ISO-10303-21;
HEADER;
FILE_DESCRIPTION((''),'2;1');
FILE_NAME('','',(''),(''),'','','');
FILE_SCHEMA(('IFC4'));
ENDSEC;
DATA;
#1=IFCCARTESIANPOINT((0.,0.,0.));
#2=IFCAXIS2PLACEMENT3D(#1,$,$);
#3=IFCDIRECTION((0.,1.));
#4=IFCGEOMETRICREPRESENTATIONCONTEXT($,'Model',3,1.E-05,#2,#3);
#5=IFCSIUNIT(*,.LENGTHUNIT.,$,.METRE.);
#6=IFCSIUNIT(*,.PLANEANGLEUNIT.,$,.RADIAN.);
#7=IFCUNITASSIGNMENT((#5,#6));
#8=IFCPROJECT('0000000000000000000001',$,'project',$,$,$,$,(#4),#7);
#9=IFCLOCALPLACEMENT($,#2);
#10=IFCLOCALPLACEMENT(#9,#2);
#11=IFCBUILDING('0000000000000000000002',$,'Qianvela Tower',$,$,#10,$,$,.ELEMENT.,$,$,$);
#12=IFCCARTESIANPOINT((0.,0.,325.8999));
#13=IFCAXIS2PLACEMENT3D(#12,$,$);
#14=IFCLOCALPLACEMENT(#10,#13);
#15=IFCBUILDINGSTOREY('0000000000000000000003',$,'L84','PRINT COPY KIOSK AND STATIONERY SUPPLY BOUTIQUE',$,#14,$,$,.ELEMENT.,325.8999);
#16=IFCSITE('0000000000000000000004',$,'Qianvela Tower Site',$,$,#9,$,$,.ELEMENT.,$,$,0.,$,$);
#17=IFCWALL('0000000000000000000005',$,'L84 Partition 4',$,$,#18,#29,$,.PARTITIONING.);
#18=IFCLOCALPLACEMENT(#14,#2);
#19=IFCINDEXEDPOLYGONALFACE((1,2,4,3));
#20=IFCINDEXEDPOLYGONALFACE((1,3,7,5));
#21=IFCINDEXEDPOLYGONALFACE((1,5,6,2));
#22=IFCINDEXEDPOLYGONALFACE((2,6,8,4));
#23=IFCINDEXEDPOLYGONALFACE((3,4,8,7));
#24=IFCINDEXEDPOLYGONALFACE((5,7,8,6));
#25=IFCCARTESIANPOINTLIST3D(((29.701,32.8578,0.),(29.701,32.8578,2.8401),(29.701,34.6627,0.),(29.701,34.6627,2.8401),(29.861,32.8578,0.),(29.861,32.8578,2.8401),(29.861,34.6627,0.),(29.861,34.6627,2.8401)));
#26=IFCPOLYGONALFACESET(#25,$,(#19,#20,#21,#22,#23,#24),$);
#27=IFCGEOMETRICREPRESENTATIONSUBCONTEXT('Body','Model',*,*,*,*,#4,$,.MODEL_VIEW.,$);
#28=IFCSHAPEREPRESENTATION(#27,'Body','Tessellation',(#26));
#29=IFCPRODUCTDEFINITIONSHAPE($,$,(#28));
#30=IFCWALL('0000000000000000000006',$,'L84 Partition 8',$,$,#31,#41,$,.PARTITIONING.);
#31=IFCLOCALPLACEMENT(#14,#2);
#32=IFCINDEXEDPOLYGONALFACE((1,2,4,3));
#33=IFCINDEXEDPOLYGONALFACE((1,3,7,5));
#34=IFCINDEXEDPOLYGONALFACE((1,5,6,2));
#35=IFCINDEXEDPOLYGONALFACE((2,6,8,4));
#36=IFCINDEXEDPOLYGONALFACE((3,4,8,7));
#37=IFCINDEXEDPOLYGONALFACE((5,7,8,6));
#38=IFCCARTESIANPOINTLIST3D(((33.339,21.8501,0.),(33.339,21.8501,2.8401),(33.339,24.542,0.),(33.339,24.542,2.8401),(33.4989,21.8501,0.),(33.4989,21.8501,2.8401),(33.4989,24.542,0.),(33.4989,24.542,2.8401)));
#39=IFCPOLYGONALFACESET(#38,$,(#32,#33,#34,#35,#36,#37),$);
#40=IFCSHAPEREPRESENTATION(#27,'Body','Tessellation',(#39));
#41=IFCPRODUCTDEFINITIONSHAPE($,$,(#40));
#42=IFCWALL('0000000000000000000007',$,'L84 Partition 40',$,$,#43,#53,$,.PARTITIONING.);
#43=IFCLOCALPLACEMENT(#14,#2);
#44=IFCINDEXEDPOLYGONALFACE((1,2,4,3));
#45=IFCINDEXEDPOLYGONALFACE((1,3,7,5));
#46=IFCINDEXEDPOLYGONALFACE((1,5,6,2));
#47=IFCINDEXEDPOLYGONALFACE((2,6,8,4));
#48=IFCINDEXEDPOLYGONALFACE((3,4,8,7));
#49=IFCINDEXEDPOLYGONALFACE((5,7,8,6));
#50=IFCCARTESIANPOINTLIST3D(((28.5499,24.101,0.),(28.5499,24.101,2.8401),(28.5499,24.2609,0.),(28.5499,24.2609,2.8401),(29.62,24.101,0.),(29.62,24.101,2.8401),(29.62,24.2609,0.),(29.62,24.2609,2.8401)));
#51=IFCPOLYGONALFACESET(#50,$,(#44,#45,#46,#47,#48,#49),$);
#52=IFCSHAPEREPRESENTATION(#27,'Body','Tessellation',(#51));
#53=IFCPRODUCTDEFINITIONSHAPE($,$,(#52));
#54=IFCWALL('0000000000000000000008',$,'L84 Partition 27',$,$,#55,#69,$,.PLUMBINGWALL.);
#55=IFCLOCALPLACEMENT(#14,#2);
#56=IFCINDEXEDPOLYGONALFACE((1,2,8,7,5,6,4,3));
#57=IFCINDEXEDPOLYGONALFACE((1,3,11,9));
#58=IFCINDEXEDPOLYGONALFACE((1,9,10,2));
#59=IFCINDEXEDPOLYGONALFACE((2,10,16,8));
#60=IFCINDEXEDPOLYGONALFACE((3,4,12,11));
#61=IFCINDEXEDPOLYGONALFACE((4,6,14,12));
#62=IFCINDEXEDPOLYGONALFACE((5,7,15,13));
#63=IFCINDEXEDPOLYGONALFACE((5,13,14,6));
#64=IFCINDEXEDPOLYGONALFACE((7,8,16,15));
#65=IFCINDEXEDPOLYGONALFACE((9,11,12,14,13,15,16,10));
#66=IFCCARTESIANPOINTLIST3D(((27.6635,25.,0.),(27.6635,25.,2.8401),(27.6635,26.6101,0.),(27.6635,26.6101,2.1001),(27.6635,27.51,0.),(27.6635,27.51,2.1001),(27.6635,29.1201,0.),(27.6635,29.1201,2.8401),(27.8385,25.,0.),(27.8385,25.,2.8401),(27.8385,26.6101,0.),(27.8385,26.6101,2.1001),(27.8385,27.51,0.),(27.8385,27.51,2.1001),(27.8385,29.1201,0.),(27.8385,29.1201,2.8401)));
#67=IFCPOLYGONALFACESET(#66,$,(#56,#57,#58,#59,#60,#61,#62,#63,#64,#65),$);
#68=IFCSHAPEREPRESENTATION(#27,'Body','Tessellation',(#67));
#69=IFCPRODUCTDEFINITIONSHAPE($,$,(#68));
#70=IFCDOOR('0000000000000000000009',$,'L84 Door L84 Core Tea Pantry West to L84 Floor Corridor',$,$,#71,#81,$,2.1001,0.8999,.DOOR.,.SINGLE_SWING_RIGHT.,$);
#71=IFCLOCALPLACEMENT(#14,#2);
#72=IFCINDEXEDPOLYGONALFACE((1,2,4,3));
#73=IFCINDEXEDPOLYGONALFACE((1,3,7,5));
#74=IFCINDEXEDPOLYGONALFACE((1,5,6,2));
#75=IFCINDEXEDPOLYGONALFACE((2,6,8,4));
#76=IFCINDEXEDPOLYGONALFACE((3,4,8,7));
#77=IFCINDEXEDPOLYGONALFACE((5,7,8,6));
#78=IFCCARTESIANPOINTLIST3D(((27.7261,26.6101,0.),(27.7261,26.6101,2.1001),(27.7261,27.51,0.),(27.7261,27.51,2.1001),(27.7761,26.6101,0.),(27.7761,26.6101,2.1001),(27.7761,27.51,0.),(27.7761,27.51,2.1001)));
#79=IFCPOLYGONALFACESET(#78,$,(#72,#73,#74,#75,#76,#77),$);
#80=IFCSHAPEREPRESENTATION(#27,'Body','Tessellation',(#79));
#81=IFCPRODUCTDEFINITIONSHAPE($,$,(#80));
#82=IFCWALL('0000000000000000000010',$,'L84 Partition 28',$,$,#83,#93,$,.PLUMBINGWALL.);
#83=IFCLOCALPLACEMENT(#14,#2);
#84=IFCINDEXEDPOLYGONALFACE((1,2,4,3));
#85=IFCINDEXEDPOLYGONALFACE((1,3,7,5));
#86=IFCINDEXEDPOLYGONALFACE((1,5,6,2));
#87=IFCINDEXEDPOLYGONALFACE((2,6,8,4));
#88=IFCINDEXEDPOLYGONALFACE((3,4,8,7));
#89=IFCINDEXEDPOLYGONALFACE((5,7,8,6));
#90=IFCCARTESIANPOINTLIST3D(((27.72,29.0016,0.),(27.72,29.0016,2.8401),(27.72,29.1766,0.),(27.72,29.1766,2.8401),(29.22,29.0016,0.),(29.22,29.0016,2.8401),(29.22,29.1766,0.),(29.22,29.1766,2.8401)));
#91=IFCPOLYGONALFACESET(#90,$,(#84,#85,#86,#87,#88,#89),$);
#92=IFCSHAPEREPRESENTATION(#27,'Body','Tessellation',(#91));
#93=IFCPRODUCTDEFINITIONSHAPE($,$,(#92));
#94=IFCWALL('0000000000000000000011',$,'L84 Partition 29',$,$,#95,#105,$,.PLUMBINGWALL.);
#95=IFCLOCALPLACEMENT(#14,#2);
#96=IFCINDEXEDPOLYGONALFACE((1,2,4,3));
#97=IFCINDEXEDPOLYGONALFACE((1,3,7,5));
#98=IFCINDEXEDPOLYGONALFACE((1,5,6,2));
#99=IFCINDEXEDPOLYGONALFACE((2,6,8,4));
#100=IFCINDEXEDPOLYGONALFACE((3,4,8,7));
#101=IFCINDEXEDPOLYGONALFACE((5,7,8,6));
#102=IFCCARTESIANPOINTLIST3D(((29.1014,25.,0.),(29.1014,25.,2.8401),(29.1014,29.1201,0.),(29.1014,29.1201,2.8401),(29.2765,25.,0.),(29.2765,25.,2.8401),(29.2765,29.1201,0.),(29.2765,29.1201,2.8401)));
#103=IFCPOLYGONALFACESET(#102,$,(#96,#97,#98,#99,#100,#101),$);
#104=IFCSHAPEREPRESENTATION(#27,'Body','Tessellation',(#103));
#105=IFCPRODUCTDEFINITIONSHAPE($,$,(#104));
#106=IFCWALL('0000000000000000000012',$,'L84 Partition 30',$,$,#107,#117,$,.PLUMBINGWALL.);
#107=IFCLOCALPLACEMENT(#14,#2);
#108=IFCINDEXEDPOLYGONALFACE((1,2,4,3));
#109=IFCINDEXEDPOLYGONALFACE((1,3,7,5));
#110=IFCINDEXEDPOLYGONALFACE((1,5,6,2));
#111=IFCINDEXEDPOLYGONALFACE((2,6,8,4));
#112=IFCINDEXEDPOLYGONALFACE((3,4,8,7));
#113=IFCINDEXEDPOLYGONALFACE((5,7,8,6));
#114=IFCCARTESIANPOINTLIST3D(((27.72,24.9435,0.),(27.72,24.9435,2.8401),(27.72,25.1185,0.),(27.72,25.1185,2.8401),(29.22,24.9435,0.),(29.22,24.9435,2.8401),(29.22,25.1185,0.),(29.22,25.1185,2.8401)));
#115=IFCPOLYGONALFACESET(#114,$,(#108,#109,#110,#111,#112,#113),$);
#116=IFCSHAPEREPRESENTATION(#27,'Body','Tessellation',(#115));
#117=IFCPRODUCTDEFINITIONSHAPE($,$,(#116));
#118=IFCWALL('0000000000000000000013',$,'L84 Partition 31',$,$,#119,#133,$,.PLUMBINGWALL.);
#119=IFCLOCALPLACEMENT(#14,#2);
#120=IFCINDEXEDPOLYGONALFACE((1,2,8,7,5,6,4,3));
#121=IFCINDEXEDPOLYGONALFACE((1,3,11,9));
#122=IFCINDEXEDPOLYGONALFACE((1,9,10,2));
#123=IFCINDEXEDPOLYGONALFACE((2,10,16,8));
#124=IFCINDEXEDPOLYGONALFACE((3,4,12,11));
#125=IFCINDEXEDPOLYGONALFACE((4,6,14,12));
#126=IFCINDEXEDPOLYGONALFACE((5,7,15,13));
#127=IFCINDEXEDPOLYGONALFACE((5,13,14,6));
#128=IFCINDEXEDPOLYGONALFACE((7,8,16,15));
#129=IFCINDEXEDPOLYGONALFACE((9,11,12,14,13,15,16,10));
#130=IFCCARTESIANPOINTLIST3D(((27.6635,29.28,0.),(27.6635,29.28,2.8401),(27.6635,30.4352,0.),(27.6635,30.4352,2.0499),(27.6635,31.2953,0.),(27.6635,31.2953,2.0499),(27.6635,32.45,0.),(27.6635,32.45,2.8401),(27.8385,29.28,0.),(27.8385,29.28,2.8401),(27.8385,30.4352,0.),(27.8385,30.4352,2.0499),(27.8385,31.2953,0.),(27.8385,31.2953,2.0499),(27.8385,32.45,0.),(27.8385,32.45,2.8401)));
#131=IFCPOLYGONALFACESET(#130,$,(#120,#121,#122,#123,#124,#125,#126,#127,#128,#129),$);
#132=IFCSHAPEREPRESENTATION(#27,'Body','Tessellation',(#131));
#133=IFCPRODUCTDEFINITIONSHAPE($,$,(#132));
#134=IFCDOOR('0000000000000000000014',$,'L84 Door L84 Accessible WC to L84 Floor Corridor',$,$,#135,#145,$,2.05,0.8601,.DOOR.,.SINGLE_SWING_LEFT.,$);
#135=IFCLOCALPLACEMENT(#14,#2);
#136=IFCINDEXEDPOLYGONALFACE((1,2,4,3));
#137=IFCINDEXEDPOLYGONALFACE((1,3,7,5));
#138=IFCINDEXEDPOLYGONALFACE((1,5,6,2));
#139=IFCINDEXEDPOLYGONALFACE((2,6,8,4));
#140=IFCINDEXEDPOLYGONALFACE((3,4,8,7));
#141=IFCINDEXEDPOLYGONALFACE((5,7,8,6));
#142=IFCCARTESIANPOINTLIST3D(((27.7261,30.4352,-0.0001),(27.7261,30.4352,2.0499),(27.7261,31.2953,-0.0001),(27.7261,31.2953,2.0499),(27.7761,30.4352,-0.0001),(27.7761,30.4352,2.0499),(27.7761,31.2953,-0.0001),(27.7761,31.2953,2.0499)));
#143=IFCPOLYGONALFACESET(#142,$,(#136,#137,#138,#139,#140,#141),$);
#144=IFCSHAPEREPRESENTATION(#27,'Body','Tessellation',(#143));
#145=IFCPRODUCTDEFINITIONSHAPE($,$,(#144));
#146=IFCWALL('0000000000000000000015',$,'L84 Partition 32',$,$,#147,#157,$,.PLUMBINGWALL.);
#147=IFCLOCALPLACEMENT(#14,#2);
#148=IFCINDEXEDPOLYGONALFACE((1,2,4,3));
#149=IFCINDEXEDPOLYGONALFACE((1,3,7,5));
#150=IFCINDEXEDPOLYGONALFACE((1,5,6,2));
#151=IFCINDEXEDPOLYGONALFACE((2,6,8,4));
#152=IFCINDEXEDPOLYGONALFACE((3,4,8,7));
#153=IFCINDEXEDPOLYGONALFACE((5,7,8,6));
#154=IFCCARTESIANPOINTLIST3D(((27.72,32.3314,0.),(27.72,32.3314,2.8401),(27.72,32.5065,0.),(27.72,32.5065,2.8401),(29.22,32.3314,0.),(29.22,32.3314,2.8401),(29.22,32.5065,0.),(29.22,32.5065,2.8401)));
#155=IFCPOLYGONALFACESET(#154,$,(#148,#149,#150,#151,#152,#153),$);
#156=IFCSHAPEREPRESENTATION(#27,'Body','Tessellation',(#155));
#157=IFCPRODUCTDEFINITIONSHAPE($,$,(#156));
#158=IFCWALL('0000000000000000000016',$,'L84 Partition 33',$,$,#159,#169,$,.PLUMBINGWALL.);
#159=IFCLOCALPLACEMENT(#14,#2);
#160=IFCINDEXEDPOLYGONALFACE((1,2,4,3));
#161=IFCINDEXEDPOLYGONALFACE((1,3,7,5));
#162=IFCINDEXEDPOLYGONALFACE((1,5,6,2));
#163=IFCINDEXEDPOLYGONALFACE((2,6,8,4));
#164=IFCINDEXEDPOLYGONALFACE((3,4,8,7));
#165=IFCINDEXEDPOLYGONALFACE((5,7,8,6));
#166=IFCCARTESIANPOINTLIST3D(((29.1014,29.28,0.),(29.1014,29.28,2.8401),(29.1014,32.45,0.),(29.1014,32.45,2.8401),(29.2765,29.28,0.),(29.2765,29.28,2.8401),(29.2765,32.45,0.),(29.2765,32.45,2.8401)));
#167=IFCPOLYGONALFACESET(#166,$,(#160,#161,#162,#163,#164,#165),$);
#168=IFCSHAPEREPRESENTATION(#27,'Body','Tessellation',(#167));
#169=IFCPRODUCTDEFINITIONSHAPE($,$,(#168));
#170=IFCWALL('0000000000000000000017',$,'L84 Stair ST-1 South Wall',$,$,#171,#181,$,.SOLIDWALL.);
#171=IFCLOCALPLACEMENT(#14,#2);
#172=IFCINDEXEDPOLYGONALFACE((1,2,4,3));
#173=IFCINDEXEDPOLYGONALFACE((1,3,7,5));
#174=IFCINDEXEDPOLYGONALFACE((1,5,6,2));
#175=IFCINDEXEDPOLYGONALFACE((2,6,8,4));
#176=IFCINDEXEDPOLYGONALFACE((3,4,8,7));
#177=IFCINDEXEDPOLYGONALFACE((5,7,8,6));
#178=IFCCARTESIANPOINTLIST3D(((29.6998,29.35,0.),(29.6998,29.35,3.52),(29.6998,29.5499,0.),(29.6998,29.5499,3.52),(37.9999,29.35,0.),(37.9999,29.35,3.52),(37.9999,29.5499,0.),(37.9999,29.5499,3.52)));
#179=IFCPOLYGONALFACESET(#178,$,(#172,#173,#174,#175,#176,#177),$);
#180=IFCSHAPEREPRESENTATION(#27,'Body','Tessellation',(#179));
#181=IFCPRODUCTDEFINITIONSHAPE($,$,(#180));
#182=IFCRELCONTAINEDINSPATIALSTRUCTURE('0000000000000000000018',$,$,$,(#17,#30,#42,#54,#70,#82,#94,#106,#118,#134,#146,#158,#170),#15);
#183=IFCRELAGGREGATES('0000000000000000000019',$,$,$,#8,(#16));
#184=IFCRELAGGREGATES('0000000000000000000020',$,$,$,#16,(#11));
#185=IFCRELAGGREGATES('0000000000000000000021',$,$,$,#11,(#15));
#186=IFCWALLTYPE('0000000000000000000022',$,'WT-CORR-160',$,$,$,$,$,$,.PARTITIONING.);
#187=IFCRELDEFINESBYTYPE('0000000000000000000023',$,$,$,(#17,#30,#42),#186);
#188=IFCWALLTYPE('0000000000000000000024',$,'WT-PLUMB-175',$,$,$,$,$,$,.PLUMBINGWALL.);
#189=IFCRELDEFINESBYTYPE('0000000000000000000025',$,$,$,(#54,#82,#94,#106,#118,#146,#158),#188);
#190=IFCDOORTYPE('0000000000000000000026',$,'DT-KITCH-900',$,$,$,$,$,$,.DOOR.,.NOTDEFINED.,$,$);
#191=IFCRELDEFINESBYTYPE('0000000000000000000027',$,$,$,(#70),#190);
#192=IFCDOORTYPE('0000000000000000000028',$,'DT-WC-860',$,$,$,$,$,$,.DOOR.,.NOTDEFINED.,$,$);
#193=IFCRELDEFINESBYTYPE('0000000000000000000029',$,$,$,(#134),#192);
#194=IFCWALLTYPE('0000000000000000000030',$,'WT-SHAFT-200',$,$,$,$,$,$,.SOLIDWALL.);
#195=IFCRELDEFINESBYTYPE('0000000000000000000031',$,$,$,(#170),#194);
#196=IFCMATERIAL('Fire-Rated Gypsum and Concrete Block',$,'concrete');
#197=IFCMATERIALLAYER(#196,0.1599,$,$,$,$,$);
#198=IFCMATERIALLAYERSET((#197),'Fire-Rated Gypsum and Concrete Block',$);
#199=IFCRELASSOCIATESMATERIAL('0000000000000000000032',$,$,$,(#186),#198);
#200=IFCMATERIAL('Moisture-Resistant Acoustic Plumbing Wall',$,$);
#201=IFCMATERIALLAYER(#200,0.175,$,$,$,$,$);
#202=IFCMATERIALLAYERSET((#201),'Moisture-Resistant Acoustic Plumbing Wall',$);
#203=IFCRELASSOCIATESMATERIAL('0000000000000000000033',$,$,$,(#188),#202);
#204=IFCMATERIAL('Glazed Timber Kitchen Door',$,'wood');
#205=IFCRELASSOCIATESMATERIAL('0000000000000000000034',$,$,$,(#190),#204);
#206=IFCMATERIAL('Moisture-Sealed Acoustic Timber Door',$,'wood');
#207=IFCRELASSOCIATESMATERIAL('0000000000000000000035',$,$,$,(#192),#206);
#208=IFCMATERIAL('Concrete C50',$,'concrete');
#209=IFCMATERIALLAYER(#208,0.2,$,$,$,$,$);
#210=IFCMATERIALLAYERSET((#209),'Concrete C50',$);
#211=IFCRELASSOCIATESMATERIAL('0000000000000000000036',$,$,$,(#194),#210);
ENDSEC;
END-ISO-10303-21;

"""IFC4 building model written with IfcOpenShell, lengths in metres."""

from ifc_helpers import new_model, si_unit, direction, frame, frame_2d, origin, place, context, subcontext, project, spatial, rectangle, extrude, material, layer, layer_set, type_object, element, fill, save


model = new_model("IFC4")

# Units and contexts
model_context = context("Model", 3, precision=1e-05, world=origin(), true_north=direction((0.0, 1.0)))
body_context = subcontext(model_context, "Body", "Model", "MODEL_VIEW")
ifc_project = project(units=[si_unit("LENGTHUNIT", "METRE"), si_unit("PLANEANGLEUNIT", "RADIAN")], contexts=[model_context])

# Site, building, storey
site_placement = place(None, origin())
site = spatial("IfcSite", under=ifc_project, at=site_placement, Name="Qianvela Tower Site", CompositionType="ELEMENT", RefElevation=0.0)
building_placement = place(site_placement, origin())
building = spatial("IfcBuilding", under=site, at=building_placement, Name="Qianvela Tower", CompositionType="ELEMENT")
storey_placement = place(building_placement, frame((0.0, 0.0, 325.8999)))
storey = spatial("IfcBuildingStorey", under=building, at=storey_placement, Name="L84", Description="PRINT COPY KIOSK AND STATIONERY SUPPLY BOUTIQUE", CompositionType="ELEMENT", Elevation=325.8999)

# Walls
ifc_material_1 = material(Name="Fire-Rated Gypsum and Concrete Block", Category="concrete")
ifc_layer_1 = layer(ifc_material_1, 0.1599)
ifc_layer_set_1 = layer_set([ifc_layer_1], Name="Fire-Rated Gypsum and Concrete Block")
wall_type_1 = type_object("IfcWallType", Name="WT-CORR-160", PredefinedType="PARTITIONING", material=ifc_layer_set_1)
wall_1_placement = place(storey_placement, frame((29.781, 32.8579, 0.0), z_axis=(0.0, 0.0, 1.0), x_axis=(0.0, 1.0, 0.0)))
element("IfcWall", 1, at=wall_1_placement, inside=storey, type_object=wall_type_1, Name="L84 Partition 4", PredefinedType="PARTITIONING", context=body_context, shape_type="SweptSolid", body=[
    extrude(rectangle(XDim=1.8049, YDim=0.1599, at=frame_2d((0.9023, 0.0))), origin(), (0.0, 0.0, 1.0), 2.8401),
])
wall_2_placement = place(storey_placement, frame((33.4189, 24.542, 0.0), z_axis=(0.0, 0.0, 1.0), x_axis=(0.0, -1.0, 0.0)))
element("IfcWall", 2, at=wall_2_placement, inside=storey, type_object=wall_type_1, Name="L84 Partition 8", PredefinedType="PARTITIONING", context=body_context, shape_type="SweptSolid", body=[
    extrude(rectangle(XDim=2.6919, YDim=0.1599, at=frame_2d((1.3459, 0.0))), origin(), (0.0, 0.0, 1.0), 2.8401),
])
wall_3_placement = place(storey_placement, frame((29.6201, 24.1809, 0.0), z_axis=(0.0, 0.0, 1.0), x_axis=(-1.0, 0.0, 0.0)))
element("IfcWall", 3, at=wall_3_placement, inside=storey, type_object=wall_type_1, Name="L84 Partition 40", PredefinedType="PARTITIONING", context=body_context, shape_type="SweptSolid", body=[
    extrude(rectangle(XDim=1.0701, YDim=0.1599, at=frame_2d((0.5352, 0.0))), origin(), (0.0, 0.0, 1.0), 2.8401),
])

# Wall, opening, door
ifc_material_2 = material(Name="Moisture-Resistant Acoustic Plumbing Wall")
ifc_layer_2 = layer(ifc_material_2, 0.175)
ifc_layer_set_2 = layer_set([ifc_layer_2], Name="Moisture-Resistant Acoustic Plumbing Wall")
wall_type_2 = type_object("IfcWallType", Name="WT-PLUMB-175", PredefinedType="PLUMBINGWALL", material=ifc_layer_set_2)
wall_4_placement = place(storey_placement, frame((27.751, 25.0, 0.0), z_axis=(0.0, 0.0, 1.0), x_axis=(0.0, 1.0, 0.0)))
wall_4 = element("IfcWall", 4, at=wall_4_placement, inside=storey, type_object=wall_type_2, Name="L84 Partition 27", PredefinedType="PLUMBINGWALL", context=body_context, shape_type="SweptSolid", body=[
    extrude(rectangle(XDim=4.1201, YDim=0.175, at=frame_2d((2.0601, 0.0))), origin(), (0.0, 0.0, 1.0), 2.8401),
])
opening_1_placement = place(wall_4_placement, frame((1.6101, 0.0, 0.0)))
opening_1 = element("IfcOpeningElement", 5, at=opening_1_placement, cuts=wall_4, PredefinedType="OPENING", context=body_context, shape_type="SweptSolid", body=[
    extrude(rectangle(XDim=0.8999, YDim=2.1001, at=frame_2d((0.45, 1.05))), frame((0.0, 0.0974, 0.0), z_axis=(0.0, -1.0, 0.0), x_axis=(1.0, 0.0, 0.0)), (0.0, 0.0, 1.0), 0.1951),
])
ifc_material_3 = material(Name="Glazed Timber Kitchen Door", Category="wood")
door_type_1 = type_object("IfcDoorType", Name="DT-KITCH-900", OperationType="NOTDEFINED", PredefinedType="DOOR", material=ifc_material_3)
door_1_placement = place(opening_1_placement, origin())
door_1 = element("IfcDoor", 6, at=door_1_placement, inside=storey, type_object=door_type_1, Name="L84 Door L84 Core Tea Pantry West to L84 Floor Corridor", OperationType="SINGLE_SWING_RIGHT", OverallHeight=2.1001, OverallWidth=0.8999, PredefinedType="DOOR", context=body_context, shape_type="SweptSolid", body=[
    extrude(rectangle(XDim=0.8999, YDim=2.1001, at=frame_2d((0.45, 1.05))), frame((0.0, 0.0249, 0.0), z_axis=(0.0, -1.0, 0.0), x_axis=(1.0, 0.0, 0.0)), (0.0, 0.0, 1.0), 0.05),
])
fill(opening_1, door_1)

# Walls
wall_5_placement = place(storey_placement, frame((27.72, 29.0891, 0.0), z_axis=(0.0, 0.0, 1.0), x_axis=(1.0, 0.0, 0.0)))
element("IfcWall", 7, at=wall_5_placement, inside=storey, type_object=wall_type_2, Name="L84 Partition 28", PredefinedType="PLUMBINGWALL", context=body_context, shape_type="SweptSolid", body=[
    extrude(rectangle(XDim=1.5, YDim=0.175, at=frame_2d((0.75, 0.0))), origin(), (0.0, 0.0, 1.0), 2.8401),
])
wall_6_placement = place(storey_placement, frame((29.189, 29.1201, 0.0), z_axis=(0.0, 0.0, 1.0), x_axis=(0.0, -1.0, 0.0)))
element("IfcWall", 8, at=wall_6_placement, inside=storey, type_object=wall_type_2, Name="L84 Partition 29", PredefinedType="PLUMBINGWALL", context=body_context, shape_type="SweptSolid", body=[
    extrude(rectangle(XDim=4.1201, YDim=0.175, at=frame_2d((2.0601, 0.0))), origin(), (0.0, 0.0, 1.0), 2.8401),
])
wall_7_placement = place(storey_placement, frame((29.22, 25.031, 0.0), z_axis=(0.0, 0.0, 1.0), x_axis=(-1.0, 0.0, 0.0)))
element("IfcWall", 9, at=wall_7_placement, inside=storey, type_object=wall_type_2, Name="L84 Partition 30", PredefinedType="PLUMBINGWALL", context=body_context, shape_type="SweptSolid", body=[
    extrude(rectangle(XDim=1.5, YDim=0.175, at=frame_2d((0.75, 0.0))), origin(), (0.0, 0.0, 1.0), 2.8401),
])

# Wall, opening, door
wall_8_placement = place(storey_placement, frame((27.751, 29.28, 0.0), z_axis=(0.0, 0.0, 1.0), x_axis=(0.0, 1.0, 0.0)))
wall_8 = element("IfcWall", 10, at=wall_8_placement, inside=storey, type_object=wall_type_2, Name="L84 Partition 31", PredefinedType="PLUMBINGWALL", context=body_context, shape_type="SweptSolid", body=[
    extrude(rectangle(XDim=3.1699, YDim=0.175, at=frame_2d((1.585, 0.0))), origin(), (0.0, 0.0, 1.0), 2.8401),
])
opening_2_placement = place(wall_8_placement, frame((1.155, 0.0, 0.0)))
opening_2 = element("IfcOpeningElement", 11, at=opening_2_placement, cuts=wall_8, PredefinedType="OPENING", context=body_context, shape_type="SweptSolid", body=[
    extrude(rectangle(XDim=0.8601, YDim=2.05, at=frame_2d((0.4302, 1.0249))), frame((0.0, 0.0974, 0.0), z_axis=(0.0, -1.0, 0.0), x_axis=(1.0, 0.0, 0.0)), (0.0, 0.0, 1.0), 0.1951),
])
ifc_material_4 = material(Name="Moisture-Sealed Acoustic Timber Door", Category="wood")
door_type_2 = type_object("IfcDoorType", Name="DT-WC-860", OperationType="NOTDEFINED", PredefinedType="DOOR", material=ifc_material_4)
door_2_placement = place(opening_2_placement, origin())
door_2 = element("IfcDoor", 12, at=door_2_placement, inside=storey, type_object=door_type_2, Name="L84 Door L84 Accessible WC to L84 Floor Corridor", OperationType="SINGLE_SWING_LEFT", OverallHeight=2.05, OverallWidth=0.8601, PredefinedType="DOOR", context=body_context, shape_type="SweptSolid", body=[
    extrude(rectangle(XDim=0.8601, YDim=2.05, at=frame_2d((0.4302, 1.0249))), frame((0.0, 0.0249, 0.0), z_axis=(0.0, -1.0, 0.0), x_axis=(1.0, 0.0, 0.0)), (0.0, 0.0, 1.0), 0.05),
])
fill(opening_2, door_2)

# Walls
wall_9_placement = place(storey_placement, frame((27.72, 32.4189, 0.0), z_axis=(0.0, 0.0, 1.0), x_axis=(1.0, 0.0, 0.0)))
element("IfcWall", 13, at=wall_9_placement, inside=storey, type_object=wall_type_2, Name="L84 Partition 32", PredefinedType="PLUMBINGWALL", context=body_context, shape_type="SweptSolid", body=[
    extrude(rectangle(XDim=1.5, YDim=0.175, at=frame_2d((0.75, 0.0))), origin(), (0.0, 0.0, 1.0), 2.8401),
])
wall_10_placement = place(storey_placement, frame((29.189, 32.45, 0.0), z_axis=(0.0, 0.0, 1.0), x_axis=(0.0, -1.0, 0.0)))
element("IfcWall", 14, at=wall_10_placement, inside=storey, type_object=wall_type_2, Name="L84 Partition 33", PredefinedType="PLUMBINGWALL", context=body_context, shape_type="SweptSolid", body=[
    extrude(rectangle(XDim=3.1699, YDim=0.175, at=frame_2d((1.585, 0.0))), origin(), (0.0, 0.0, 1.0), 2.8401),
])
ifc_material_5 = material(Name="Concrete C50", Category="concrete")
ifc_layer_3 = layer(ifc_material_5, 0.2)
ifc_layer_set_3 = layer_set([ifc_layer_3], Name="Concrete C50")
wall_type_3 = type_object("IfcWallType", Name="WT-SHAFT-200", PredefinedType="SOLIDWALL", material=ifc_layer_set_3)
wall_11_placement = place(storey_placement, frame((29.7, 29.45, 0.0), z_axis=(0.0, 0.0, 1.0), x_axis=(1.0, 0.0, 0.0)))
element("IfcWall", 15, at=wall_11_placement, inside=storey, type_object=wall_type_3, Name="L84 Stair ST-1 South Wall", PredefinedType="SOLIDWALL", context=body_context, shape_type="SweptSolid", body=[
    extrude(rectangle(XDim=8.3, YDim=0.2, at=frame_2d((4.1499, 0.0))), origin(), (0.0, 0.0, 1.0), 3.52),
])

save(model, "model.ifc")
